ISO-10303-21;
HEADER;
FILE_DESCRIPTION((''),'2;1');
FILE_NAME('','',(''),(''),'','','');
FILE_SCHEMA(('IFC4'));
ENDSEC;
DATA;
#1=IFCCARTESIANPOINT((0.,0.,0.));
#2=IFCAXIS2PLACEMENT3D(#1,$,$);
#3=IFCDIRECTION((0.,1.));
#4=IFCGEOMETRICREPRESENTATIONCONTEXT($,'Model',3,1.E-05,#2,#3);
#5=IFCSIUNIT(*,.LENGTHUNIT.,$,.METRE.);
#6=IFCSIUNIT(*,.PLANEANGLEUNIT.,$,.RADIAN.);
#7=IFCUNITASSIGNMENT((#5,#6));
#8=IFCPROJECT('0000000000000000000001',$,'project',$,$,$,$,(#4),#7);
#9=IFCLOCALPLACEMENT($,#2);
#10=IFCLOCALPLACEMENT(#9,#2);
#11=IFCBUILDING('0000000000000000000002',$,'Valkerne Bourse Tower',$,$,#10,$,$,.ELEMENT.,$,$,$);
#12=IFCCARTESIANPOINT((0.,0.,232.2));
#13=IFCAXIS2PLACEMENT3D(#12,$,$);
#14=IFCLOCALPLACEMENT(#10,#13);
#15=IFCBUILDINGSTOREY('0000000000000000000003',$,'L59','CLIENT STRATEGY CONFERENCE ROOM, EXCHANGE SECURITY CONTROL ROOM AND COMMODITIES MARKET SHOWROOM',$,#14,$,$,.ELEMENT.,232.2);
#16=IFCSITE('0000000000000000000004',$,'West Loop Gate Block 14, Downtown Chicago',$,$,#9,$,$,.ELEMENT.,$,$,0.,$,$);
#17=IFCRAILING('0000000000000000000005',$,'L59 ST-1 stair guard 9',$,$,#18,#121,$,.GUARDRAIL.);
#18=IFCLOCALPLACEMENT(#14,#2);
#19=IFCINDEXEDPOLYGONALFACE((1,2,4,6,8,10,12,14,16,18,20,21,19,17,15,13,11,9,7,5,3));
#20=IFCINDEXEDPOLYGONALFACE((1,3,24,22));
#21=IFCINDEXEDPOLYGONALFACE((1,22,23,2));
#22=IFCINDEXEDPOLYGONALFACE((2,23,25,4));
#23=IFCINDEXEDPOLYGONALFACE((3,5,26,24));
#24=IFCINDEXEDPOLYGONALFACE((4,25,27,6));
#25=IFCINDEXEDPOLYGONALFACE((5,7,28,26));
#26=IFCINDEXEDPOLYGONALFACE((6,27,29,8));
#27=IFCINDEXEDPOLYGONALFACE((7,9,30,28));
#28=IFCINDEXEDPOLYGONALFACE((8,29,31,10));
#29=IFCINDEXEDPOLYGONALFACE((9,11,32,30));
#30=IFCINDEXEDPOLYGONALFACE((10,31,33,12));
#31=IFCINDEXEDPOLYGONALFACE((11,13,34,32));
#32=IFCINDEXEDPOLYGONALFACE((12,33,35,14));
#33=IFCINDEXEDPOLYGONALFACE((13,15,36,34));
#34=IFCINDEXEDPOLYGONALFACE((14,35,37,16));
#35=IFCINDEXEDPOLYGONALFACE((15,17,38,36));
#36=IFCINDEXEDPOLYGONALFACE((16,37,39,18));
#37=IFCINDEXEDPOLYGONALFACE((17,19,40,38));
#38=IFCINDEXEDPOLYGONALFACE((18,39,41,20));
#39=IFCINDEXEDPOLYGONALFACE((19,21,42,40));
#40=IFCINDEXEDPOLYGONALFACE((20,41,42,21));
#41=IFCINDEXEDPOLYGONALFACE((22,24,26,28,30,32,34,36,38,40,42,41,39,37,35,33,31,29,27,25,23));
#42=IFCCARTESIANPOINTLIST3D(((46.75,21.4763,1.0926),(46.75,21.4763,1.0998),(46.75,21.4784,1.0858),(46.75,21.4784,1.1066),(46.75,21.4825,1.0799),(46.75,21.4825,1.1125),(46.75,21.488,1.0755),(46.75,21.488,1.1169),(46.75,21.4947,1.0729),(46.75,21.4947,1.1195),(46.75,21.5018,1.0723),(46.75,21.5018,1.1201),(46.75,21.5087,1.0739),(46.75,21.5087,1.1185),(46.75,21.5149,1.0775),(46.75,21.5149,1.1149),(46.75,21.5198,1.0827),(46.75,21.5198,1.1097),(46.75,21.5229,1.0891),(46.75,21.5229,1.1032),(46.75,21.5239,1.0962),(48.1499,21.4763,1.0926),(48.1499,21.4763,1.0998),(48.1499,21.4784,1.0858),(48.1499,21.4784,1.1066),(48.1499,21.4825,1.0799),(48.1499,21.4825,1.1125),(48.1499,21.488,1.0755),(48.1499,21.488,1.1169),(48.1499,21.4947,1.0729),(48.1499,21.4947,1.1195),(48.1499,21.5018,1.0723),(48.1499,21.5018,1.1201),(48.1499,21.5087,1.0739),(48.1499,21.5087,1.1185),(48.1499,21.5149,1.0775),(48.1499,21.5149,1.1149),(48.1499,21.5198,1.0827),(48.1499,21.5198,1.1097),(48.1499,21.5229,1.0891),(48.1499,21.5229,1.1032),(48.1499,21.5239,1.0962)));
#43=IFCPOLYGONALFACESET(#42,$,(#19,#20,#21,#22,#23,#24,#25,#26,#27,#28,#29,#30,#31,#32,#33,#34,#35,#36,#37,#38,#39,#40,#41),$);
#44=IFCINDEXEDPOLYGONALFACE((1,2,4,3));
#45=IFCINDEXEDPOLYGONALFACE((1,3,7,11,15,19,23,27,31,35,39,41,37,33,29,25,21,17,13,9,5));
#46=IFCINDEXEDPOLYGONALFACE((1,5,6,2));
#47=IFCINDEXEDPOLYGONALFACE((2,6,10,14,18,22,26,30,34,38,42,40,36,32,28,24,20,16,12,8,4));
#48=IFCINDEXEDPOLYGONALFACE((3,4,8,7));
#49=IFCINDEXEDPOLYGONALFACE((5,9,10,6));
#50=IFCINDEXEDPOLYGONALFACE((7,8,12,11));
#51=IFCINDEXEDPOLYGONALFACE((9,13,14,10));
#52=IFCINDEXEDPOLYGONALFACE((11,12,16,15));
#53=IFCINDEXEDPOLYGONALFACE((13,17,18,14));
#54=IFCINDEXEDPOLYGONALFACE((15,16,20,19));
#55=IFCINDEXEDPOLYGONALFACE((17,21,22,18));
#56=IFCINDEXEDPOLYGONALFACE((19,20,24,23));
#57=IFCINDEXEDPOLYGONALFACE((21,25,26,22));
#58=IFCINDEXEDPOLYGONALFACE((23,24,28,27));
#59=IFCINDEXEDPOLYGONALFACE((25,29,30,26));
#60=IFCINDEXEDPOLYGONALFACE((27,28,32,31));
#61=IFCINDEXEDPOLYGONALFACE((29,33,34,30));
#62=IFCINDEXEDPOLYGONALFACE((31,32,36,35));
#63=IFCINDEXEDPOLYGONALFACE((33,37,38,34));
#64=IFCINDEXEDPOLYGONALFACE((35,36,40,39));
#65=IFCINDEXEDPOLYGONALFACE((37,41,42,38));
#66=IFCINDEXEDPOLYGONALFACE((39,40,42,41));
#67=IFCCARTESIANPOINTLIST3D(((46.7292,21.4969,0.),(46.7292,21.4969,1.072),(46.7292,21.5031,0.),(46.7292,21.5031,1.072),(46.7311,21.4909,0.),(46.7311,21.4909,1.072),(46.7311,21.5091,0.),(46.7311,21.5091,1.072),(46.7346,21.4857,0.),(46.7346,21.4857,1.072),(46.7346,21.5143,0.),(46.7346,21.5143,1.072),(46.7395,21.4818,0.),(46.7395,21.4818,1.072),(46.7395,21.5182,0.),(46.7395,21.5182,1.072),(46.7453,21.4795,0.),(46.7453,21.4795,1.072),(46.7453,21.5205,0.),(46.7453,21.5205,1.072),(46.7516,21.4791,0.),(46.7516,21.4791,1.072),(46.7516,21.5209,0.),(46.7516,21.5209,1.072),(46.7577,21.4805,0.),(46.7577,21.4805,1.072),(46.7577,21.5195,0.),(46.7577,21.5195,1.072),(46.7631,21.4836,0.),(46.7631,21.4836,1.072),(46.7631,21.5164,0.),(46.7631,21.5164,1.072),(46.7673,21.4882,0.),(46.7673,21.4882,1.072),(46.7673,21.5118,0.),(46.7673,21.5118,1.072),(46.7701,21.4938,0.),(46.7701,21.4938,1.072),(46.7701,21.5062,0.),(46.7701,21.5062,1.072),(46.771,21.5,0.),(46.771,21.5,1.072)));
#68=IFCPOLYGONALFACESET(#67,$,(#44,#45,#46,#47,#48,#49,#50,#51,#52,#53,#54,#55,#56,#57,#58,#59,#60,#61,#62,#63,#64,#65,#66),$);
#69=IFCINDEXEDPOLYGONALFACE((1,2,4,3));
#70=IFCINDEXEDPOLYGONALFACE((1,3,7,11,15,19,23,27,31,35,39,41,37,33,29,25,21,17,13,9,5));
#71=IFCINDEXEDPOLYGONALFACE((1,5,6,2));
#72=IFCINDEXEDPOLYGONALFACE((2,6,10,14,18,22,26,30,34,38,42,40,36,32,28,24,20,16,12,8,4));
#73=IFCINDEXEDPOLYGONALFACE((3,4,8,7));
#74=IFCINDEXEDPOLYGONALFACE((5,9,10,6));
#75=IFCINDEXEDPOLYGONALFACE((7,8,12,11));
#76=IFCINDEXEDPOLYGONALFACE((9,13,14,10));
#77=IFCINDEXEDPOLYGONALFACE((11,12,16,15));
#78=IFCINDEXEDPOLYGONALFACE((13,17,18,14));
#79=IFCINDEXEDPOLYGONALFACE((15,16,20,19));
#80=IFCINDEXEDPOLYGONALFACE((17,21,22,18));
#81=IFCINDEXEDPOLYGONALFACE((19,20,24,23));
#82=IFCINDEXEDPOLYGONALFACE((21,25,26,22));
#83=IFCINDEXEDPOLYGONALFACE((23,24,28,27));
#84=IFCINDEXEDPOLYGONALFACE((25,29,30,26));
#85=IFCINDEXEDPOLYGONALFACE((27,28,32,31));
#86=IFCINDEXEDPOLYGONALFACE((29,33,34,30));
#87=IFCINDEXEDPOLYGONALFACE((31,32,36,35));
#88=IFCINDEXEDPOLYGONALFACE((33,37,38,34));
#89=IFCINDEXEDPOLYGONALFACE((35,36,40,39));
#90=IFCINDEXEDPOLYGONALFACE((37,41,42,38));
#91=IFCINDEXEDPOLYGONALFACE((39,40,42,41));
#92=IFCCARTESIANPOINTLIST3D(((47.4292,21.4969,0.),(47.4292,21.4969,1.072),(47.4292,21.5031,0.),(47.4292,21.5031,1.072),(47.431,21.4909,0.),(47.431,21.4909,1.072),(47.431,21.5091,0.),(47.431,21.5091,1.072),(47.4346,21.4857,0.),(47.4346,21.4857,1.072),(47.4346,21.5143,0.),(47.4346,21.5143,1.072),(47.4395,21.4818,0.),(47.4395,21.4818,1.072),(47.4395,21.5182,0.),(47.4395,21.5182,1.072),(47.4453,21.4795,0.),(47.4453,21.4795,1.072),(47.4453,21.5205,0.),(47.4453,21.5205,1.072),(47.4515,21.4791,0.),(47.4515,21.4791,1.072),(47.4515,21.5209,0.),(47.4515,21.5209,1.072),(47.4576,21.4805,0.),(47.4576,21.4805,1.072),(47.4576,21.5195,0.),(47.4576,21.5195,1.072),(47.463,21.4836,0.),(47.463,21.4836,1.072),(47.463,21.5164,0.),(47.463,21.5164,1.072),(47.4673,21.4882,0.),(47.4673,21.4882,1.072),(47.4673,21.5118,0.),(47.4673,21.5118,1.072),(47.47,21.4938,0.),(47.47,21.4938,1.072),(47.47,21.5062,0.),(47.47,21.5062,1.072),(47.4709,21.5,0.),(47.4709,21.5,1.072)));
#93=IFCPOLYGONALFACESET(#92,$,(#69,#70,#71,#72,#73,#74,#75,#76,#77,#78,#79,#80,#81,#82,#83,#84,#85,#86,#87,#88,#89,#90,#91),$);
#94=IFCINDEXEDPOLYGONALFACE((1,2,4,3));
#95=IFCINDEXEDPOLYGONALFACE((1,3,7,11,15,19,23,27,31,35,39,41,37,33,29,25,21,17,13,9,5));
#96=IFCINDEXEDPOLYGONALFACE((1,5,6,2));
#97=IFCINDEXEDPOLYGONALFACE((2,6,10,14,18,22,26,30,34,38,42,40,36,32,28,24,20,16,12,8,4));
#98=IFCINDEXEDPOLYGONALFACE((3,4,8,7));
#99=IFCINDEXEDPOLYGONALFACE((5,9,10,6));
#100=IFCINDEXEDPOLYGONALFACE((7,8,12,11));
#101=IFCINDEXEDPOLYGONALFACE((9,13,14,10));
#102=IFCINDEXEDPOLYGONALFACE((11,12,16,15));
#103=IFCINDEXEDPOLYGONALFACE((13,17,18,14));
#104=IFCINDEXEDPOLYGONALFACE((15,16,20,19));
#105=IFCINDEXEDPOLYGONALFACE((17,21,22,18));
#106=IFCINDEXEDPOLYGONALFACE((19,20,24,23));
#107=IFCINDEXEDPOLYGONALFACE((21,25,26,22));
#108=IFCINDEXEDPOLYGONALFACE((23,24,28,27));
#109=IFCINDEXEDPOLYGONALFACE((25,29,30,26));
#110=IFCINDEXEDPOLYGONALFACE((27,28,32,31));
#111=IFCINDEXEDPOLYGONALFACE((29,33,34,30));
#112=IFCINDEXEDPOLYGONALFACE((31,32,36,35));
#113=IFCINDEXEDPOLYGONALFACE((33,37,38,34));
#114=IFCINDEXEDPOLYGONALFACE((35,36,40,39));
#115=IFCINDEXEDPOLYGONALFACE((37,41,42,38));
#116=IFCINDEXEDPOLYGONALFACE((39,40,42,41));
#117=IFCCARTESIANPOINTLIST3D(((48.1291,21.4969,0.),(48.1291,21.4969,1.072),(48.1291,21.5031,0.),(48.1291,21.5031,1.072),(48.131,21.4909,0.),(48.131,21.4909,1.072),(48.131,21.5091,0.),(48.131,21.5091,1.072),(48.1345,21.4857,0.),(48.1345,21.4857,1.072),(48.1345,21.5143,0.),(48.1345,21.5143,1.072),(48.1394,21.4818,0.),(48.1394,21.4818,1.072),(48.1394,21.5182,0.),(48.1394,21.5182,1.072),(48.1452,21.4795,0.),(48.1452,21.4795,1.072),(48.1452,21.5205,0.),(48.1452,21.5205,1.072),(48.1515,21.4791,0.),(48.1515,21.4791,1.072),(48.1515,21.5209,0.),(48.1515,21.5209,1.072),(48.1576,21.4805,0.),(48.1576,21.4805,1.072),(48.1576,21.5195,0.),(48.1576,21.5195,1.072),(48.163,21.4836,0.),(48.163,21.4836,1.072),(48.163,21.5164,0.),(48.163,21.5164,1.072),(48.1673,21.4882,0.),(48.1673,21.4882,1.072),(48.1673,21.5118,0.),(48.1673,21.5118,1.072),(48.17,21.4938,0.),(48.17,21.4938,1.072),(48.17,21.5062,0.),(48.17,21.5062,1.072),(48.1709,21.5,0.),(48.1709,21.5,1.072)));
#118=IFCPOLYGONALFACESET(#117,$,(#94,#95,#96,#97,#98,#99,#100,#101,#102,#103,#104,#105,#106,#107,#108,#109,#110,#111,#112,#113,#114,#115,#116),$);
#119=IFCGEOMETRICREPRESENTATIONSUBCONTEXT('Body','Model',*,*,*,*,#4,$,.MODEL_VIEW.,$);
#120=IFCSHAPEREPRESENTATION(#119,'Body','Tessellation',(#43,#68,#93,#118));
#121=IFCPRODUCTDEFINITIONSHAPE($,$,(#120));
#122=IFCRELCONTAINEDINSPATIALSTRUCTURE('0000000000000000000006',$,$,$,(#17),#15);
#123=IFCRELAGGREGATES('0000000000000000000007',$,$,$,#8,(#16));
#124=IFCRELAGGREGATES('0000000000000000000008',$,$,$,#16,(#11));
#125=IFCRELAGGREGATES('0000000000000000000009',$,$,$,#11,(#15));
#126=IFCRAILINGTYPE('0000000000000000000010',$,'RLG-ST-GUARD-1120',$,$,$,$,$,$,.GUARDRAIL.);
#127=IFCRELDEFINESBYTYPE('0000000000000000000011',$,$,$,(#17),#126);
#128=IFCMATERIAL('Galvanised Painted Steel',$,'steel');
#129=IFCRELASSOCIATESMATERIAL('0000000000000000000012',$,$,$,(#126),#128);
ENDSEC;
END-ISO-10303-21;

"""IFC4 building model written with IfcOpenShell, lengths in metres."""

from ifc_helpers import new_model, si_unit, direction, frame, origin, origin_2d, place, context, subcontext, project, spatial, circle, extrude, material, type_object, element, save


model = new_model("IFC4")

# Units and contexts
model_context = context("Model", 3, precision=1e-05, world=origin(), true_north=direction((0.0, 1.0)))
body_context = subcontext(model_context, "Body", "Model", "MODEL_VIEW")
ifc_project = project(units=[si_unit("LENGTHUNIT", "METRE"), si_unit("PLANEANGLEUNIT", "RADIAN")], contexts=[model_context])

# Site, building, storey
site_placement = place(None, origin())
site = spatial("IfcSite", under=ifc_project, at=site_placement, Name="West Loop Gate Block 14, Downtown Chicago", CompositionType="ELEMENT", RefElevation=0.0)
building_placement = place(site_placement, origin())
building = spatial("IfcBuilding", under=site, at=building_placement, Name="Valkerne Bourse Tower", CompositionType="ELEMENT")
storey_placement = place(building_placement, frame((0.0, 0.0, 232.2)))
storey = spatial("IfcBuildingStorey", under=building, at=storey_placement, Name="L59", Description="CLIENT STRATEGY CONFERENCE ROOM, EXCHANGE SECURITY CONTROL ROOM AND COMMODITIES MARKET SHOWROOM", CompositionType="ELEMENT", Elevation=232.2)

# Shared definitions
ifc_material_1 = material(Name="Galvanised Painted Steel", Category="steel")

# Railing
railing_type_1 = type_object("IfcRailingType", Name="RLG-ST-GUARD-1120", PredefinedType="GUARDRAIL", material=ifc_material_1)
for number, where, name in (
    (1, (46.75, 21.5, 0.0), "L59 ST-1 stair guard 9"),
):
    element("IfcRailing", number, at=place(storey_placement, frame(where)), inside=storey, type_object=railing_type_1, Name=name, PredefinedType="GUARDRAIL", context=body_context, shape_type="SweptSolid", body=[
        extrude(circle(Radius=0.0239, at=origin_2d()), frame((0.0, 0.0, 1.0962), z_axis=(1.0, 0.0, 0.0), x_axis=(0.0, 1.0, 0.0)), (0.0, 0.0, 1.0), 1.3999),
        extrude(circle(Radius=0.021, at=origin_2d()), origin(), (0.0, 0.0, 1.0), 1.072),
        extrude(circle(Radius=0.021, at=origin_2d()), frame((0.7, 0.0, 0.0)), (0.0, 0.0, 1.0), 1.072),
        extrude(circle(Radius=0.021, at=origin_2d()), frame((1.3999, 0.0, 0.0)), (0.0, 0.0, 1.0), 1.072),
    ])

save(model, "model.ifc")
